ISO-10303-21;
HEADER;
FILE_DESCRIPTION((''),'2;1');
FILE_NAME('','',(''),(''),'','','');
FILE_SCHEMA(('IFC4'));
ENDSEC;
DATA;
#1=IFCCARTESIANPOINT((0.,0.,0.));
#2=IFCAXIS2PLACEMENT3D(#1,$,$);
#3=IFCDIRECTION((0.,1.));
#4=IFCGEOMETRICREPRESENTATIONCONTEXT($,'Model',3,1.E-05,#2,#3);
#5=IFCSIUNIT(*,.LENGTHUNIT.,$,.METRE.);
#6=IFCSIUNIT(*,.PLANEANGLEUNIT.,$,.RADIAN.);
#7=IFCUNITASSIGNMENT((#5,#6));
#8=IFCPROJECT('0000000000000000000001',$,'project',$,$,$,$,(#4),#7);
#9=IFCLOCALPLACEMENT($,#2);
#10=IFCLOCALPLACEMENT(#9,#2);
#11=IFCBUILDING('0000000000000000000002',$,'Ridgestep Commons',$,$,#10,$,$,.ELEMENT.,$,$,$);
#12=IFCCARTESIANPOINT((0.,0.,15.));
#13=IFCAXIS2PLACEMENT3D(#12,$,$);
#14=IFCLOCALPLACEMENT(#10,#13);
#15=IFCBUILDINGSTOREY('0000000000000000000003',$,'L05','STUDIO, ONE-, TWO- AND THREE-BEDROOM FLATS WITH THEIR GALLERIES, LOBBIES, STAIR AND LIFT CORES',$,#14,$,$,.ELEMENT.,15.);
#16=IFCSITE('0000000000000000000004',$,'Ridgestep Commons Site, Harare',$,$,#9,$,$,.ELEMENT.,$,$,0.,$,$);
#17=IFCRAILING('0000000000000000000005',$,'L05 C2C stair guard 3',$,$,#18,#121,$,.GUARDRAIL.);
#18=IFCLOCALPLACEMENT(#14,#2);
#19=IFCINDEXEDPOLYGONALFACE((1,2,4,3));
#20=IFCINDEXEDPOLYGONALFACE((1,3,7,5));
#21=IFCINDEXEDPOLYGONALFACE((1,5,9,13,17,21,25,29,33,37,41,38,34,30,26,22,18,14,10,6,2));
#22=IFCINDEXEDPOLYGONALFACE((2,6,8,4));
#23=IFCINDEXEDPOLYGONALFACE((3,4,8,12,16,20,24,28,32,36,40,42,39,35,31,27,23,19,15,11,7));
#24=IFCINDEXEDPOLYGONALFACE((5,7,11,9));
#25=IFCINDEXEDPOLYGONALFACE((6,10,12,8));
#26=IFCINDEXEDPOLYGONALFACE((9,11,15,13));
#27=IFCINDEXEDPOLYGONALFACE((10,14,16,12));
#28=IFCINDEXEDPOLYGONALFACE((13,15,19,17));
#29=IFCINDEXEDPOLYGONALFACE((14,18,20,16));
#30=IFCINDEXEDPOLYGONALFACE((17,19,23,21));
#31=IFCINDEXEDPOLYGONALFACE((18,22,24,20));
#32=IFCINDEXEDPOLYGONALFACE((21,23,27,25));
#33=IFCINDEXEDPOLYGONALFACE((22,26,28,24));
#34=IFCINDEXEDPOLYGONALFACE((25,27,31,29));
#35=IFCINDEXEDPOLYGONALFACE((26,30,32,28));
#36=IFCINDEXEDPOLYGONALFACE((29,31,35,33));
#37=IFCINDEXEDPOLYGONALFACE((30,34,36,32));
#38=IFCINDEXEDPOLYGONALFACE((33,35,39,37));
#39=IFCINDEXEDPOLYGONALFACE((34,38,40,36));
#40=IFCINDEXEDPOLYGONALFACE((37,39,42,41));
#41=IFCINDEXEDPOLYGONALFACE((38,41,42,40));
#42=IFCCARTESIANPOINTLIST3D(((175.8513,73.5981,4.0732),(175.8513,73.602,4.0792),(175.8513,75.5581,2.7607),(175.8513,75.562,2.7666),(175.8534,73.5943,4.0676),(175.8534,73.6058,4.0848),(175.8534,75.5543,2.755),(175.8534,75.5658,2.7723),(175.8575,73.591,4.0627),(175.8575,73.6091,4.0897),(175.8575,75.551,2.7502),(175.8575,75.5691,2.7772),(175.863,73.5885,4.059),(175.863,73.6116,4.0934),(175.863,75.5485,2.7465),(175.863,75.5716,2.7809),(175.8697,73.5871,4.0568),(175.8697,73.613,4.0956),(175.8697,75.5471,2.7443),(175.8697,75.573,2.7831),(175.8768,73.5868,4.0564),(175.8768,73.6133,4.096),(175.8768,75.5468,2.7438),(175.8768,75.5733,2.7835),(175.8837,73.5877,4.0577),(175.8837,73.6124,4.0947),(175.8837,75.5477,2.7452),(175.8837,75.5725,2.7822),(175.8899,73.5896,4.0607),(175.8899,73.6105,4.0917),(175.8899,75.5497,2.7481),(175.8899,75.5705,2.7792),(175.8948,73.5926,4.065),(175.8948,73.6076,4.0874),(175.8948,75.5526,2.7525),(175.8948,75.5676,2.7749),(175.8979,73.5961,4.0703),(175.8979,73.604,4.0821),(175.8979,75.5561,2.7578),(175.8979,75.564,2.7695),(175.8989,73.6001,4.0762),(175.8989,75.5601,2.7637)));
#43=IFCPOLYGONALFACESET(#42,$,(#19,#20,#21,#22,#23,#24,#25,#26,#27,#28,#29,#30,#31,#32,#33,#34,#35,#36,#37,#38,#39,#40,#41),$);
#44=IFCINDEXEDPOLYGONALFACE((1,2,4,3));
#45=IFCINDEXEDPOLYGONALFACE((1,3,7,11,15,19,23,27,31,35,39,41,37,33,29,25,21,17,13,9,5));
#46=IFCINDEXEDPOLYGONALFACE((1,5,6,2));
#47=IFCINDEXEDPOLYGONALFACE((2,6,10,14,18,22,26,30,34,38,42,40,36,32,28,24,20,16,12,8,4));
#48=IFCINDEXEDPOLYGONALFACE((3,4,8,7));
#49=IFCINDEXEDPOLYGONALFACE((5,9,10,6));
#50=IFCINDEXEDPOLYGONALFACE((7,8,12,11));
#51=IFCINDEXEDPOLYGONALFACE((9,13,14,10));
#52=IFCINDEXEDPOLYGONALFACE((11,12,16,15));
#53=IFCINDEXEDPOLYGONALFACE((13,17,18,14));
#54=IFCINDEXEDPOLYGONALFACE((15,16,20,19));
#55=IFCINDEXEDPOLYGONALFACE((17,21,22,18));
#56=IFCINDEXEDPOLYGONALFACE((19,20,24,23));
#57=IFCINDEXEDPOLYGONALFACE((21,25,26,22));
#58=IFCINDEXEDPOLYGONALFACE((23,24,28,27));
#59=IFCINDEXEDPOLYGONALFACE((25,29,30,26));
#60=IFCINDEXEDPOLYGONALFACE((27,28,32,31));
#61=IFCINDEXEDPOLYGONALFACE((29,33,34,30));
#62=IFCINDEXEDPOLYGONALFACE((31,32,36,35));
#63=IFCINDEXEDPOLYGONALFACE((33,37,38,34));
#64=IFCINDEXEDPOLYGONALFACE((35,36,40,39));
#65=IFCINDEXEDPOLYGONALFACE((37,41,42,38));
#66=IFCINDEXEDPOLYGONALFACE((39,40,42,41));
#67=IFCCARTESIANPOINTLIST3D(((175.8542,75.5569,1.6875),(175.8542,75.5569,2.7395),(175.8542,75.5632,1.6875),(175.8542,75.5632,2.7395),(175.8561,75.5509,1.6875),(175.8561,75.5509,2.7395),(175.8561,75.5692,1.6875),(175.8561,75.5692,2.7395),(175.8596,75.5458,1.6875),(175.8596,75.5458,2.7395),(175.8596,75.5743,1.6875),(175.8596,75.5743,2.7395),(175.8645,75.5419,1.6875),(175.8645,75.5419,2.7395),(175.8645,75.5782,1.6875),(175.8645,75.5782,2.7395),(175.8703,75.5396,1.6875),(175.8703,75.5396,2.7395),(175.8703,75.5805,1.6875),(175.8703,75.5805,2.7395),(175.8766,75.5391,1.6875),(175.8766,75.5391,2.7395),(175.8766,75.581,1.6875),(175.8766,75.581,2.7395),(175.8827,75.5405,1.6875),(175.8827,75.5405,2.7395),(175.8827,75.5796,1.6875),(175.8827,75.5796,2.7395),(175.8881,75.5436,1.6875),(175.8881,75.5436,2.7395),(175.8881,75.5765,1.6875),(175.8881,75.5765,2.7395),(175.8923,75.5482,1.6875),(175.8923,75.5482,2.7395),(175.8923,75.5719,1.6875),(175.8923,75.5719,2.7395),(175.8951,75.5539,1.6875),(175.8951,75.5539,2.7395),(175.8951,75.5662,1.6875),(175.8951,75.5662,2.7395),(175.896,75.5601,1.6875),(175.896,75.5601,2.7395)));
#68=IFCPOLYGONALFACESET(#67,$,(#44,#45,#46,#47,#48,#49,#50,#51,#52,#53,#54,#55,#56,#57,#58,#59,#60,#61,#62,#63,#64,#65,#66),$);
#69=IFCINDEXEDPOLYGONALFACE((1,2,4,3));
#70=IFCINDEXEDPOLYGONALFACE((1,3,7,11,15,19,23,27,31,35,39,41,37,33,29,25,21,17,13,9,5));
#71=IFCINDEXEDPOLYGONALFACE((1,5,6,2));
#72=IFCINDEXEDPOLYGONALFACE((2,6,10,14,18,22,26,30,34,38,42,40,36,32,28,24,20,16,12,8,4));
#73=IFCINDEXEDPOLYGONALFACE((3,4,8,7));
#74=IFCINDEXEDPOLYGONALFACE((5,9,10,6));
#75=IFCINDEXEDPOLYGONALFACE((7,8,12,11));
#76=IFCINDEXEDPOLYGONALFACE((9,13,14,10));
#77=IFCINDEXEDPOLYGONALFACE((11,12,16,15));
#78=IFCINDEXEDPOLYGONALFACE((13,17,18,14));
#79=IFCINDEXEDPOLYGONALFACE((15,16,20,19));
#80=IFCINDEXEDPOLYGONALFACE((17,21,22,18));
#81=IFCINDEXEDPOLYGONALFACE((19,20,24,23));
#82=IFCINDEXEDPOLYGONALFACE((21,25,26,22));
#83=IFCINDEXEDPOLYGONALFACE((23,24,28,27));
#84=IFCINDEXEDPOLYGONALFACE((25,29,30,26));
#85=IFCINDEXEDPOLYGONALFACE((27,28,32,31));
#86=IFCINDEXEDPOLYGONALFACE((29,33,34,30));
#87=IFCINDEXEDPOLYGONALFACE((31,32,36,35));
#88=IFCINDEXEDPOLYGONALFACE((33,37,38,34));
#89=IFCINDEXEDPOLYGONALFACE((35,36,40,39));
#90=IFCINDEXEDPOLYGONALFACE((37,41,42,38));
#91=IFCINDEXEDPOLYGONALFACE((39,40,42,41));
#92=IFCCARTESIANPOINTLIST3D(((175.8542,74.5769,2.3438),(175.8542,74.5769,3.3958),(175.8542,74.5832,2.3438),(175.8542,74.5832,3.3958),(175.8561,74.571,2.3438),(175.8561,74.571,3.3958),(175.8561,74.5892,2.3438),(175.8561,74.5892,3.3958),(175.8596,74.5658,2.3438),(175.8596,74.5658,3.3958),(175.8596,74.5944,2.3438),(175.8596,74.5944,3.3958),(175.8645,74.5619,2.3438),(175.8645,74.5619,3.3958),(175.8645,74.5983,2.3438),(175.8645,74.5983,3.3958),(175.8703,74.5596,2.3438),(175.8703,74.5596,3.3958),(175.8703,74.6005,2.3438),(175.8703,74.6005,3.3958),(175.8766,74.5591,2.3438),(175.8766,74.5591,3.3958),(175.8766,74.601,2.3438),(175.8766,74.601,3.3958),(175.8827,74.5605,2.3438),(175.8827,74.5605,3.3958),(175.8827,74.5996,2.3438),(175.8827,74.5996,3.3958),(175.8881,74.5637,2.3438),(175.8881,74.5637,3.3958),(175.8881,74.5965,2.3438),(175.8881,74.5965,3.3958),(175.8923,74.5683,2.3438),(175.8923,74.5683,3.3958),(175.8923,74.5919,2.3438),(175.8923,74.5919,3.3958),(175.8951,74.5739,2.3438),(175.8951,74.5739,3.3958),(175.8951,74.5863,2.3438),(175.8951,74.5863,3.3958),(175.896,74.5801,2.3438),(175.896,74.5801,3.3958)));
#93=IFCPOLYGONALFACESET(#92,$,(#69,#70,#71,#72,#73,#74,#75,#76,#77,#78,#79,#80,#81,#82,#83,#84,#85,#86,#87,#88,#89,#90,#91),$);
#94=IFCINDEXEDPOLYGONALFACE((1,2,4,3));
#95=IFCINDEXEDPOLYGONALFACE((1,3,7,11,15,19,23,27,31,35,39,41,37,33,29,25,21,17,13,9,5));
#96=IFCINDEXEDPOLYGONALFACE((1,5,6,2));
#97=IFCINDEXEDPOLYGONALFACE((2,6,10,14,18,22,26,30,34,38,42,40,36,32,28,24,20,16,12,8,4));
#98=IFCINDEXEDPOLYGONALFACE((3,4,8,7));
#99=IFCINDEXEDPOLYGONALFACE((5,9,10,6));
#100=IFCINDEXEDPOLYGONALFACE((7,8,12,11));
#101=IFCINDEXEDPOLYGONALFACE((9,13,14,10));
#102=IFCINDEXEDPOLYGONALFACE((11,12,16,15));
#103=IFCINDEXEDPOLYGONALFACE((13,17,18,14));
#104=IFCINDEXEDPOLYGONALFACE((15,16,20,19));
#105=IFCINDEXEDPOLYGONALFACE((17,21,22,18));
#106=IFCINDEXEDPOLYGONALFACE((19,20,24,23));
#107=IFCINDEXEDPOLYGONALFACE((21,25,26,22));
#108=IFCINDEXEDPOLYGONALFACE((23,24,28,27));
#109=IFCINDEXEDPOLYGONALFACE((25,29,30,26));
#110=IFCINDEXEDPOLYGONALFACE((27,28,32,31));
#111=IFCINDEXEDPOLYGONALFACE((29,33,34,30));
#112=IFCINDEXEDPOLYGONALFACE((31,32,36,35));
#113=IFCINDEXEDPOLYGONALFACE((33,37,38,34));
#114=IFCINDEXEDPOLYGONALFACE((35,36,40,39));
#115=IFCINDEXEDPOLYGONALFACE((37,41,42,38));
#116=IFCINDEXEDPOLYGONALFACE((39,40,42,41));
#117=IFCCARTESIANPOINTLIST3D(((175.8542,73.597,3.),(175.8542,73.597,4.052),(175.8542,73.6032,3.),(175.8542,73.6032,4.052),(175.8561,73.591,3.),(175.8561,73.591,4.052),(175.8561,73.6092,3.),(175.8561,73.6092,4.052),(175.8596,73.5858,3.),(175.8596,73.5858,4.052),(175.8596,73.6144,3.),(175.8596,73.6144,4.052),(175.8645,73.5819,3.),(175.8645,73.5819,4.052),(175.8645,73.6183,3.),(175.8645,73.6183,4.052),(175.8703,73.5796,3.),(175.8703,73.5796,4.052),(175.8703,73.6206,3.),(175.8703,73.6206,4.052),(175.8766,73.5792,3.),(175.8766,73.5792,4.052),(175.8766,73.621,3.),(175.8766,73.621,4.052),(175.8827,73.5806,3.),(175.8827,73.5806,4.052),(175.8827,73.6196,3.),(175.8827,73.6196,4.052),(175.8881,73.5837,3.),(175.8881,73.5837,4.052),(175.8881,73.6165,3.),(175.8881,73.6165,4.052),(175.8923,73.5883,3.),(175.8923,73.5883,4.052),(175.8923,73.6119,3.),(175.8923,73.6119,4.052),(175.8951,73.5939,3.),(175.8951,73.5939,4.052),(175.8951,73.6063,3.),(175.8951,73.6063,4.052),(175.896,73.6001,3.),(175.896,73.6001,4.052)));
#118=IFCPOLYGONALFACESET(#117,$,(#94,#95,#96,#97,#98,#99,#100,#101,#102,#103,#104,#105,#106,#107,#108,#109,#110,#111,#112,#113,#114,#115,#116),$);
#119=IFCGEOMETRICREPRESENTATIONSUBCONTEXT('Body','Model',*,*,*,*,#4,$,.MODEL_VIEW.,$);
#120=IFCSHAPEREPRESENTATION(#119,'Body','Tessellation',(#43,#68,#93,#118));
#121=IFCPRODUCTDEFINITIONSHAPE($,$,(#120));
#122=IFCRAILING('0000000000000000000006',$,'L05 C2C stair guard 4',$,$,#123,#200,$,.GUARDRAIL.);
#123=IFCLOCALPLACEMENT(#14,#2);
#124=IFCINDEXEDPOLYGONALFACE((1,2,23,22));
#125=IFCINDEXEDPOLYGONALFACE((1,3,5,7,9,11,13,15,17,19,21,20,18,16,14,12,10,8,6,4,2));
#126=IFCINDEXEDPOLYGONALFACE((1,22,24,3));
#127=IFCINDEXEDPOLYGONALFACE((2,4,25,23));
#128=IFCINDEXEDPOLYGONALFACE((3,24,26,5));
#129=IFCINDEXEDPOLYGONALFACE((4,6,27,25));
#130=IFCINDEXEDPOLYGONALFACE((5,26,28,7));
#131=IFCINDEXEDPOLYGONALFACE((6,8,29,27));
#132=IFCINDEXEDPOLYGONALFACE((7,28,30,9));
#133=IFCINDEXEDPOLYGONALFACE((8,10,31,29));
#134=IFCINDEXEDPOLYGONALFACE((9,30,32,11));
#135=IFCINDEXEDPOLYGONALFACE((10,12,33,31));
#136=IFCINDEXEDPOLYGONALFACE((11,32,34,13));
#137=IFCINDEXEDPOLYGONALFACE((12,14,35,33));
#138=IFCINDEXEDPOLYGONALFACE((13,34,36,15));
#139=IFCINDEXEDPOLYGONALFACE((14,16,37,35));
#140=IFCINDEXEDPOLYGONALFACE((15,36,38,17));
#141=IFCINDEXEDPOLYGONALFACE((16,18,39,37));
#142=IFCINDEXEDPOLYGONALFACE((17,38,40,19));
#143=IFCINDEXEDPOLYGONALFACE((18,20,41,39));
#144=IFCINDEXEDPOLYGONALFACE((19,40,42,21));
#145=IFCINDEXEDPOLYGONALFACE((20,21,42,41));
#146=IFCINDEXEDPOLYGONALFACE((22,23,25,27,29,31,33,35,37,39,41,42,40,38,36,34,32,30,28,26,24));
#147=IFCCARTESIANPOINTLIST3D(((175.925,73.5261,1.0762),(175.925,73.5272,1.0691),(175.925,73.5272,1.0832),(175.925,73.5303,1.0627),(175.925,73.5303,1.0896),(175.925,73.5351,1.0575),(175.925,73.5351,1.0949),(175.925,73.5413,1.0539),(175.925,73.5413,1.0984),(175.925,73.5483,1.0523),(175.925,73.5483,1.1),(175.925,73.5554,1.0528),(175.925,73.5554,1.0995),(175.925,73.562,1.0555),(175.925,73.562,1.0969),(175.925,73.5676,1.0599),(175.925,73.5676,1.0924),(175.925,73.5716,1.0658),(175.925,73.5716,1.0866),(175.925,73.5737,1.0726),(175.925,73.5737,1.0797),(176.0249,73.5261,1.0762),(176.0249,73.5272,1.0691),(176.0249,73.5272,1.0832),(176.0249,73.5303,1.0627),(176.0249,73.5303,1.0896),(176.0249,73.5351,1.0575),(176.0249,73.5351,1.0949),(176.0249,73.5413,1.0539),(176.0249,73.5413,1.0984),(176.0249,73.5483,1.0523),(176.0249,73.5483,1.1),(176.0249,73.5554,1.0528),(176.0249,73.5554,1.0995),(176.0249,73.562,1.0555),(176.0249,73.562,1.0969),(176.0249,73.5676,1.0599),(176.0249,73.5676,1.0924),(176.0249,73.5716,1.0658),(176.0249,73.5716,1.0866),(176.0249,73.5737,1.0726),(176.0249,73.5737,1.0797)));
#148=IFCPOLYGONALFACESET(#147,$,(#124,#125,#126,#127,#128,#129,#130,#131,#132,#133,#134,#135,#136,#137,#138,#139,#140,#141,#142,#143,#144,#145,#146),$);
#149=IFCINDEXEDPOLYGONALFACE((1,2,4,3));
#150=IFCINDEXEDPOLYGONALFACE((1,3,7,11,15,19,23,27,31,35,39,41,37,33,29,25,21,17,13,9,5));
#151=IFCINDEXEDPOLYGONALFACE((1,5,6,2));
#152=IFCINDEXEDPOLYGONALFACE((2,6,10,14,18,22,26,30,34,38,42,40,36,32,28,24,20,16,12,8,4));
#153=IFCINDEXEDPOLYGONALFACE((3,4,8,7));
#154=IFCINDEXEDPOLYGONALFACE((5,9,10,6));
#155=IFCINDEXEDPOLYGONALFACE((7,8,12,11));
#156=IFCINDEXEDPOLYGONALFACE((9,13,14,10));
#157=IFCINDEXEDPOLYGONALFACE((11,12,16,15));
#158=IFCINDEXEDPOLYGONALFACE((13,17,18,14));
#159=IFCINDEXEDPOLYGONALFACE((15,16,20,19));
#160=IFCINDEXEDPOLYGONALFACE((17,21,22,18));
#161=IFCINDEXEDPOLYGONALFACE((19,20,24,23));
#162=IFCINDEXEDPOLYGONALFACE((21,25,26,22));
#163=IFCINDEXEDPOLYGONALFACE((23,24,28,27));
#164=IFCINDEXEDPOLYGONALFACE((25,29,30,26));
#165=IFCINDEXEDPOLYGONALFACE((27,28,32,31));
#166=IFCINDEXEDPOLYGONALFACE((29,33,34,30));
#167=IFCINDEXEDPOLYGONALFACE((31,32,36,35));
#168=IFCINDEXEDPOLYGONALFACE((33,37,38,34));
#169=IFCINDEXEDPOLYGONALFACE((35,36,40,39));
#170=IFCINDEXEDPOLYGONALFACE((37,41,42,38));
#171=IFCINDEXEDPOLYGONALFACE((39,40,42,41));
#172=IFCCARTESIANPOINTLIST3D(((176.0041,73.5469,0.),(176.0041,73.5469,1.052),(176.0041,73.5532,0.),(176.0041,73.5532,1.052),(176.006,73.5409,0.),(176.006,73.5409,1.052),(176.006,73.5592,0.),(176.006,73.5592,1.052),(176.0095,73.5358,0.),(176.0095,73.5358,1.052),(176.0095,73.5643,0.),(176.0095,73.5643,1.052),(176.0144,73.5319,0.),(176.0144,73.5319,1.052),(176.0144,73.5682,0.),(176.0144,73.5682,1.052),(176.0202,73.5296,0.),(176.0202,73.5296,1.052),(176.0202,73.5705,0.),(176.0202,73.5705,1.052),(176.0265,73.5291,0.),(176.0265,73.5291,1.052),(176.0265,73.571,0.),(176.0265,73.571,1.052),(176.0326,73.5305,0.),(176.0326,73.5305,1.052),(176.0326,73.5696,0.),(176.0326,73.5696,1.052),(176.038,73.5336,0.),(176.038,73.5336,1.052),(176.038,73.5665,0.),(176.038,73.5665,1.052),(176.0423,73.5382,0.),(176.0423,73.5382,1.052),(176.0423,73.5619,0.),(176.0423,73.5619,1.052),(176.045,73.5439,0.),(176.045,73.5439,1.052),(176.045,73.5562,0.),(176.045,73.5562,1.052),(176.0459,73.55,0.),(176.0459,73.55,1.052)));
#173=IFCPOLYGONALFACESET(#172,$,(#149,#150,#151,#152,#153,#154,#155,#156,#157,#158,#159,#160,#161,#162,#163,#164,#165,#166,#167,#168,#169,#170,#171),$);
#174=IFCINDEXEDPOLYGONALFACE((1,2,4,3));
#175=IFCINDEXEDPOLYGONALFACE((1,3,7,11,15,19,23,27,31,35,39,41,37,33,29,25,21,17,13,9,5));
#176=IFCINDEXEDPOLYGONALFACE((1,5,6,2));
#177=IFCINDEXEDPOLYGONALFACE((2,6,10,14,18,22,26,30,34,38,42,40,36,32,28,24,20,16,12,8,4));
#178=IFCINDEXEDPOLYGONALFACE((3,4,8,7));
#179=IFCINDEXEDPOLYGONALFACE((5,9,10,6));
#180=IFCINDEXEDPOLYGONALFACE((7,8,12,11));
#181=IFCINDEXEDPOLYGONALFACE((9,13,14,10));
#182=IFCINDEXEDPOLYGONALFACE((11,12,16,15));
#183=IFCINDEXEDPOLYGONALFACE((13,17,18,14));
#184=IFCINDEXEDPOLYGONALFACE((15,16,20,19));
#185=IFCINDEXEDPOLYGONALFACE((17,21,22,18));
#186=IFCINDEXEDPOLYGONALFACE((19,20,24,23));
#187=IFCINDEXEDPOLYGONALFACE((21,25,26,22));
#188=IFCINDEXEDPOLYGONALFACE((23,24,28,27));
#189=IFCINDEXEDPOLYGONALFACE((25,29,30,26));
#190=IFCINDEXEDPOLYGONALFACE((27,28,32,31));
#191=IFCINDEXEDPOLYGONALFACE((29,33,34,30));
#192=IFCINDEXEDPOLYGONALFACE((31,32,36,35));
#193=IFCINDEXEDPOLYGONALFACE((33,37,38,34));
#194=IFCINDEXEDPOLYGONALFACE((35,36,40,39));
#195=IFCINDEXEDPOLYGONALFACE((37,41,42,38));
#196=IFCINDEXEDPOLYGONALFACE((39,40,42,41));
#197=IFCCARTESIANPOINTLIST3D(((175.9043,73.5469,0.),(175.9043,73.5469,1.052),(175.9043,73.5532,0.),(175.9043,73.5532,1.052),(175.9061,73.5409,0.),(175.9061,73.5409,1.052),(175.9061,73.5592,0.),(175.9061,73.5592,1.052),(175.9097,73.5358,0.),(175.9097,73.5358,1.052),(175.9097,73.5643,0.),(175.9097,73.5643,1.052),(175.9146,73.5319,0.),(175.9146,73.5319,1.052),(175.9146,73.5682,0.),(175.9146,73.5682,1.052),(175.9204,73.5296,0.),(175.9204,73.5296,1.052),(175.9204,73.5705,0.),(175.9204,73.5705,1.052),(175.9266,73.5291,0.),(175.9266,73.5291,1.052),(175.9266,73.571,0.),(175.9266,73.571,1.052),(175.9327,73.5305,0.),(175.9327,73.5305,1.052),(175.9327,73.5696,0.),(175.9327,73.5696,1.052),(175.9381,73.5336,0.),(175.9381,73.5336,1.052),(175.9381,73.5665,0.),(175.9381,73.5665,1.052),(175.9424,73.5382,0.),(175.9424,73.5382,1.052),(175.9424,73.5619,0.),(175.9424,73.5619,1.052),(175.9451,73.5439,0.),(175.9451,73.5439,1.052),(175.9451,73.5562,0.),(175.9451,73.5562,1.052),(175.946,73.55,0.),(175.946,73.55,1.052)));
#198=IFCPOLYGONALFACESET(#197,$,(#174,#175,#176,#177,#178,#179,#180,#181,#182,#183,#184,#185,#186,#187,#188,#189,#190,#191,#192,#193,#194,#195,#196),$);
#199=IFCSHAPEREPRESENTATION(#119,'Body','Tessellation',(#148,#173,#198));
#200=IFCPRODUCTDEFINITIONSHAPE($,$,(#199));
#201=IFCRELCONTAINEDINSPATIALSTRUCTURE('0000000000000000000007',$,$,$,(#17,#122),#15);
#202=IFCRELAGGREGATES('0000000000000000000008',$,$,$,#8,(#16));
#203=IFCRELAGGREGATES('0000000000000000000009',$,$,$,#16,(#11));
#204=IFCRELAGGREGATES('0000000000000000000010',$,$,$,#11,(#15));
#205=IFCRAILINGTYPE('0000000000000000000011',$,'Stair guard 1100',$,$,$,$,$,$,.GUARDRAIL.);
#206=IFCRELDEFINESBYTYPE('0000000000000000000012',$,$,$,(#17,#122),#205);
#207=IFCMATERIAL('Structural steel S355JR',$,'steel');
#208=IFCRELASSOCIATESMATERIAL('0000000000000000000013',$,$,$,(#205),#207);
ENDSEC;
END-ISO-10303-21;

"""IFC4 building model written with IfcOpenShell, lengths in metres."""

from ifc_helpers import new_model, si_unit, direction, frame, origin, origin_2d, place, context, subcontext, project, spatial, circle, extrude, material, type_object, element, save


model = new_model("IFC4")

# Units and contexts
model_context = context("Model", 3, precision=1e-05, world=origin(), true_north=direction((0.0, 1.0)))
body_context = subcontext(model_context, "Body", "Model", "MODEL_VIEW")
ifc_project = project(units=[si_unit("LENGTHUNIT", "METRE"), si_unit("PLANEANGLEUNIT", "RADIAN")], contexts=[model_context])

# Site, building, storey
site_placement = place(None, origin())
site = spatial("IfcSite", under=ifc_project, at=site_placement, Name="Ridgestep Commons Site, Harare", CompositionType="ELEMENT", RefElevation=0.0)
building_placement = place(site_placement, origin())
building = spatial("IfcBuilding", under=site, at=building_placement, Name="Ridgestep Commons", CompositionType="ELEMENT")
storey_placement = place(building_placement, frame((0.0, 0.0, 15.0)))
storey = spatial("IfcBuildingStorey", under=building, at=storey_placement, Name="L05", Description="STUDIO, ONE-, TWO- AND THREE-BEDROOM FLATS WITH THEIR GALLERIES, LOBBIES, STAIR AND LIFT CORES", CompositionType="ELEMENT", Elevation=15.0)

# Railings
ifc_material_1 = material(Name="Structural steel S355JR", Category="steel")
railing_type_1 = type_object("IfcRailingType", Name="Stair guard 1100", PredefinedType="GUARDRAIL", material=ifc_material_1)
railing_1_placement = place(storey_placement, frame((175.875, 75.5601, 1.6875)))
element("IfcRailing", 1, at=railing_1_placement, inside=storey, type_object=railing_type_1, Name="L05 C2C stair guard 3", PredefinedType="GUARDRAIL", context=body_context, shape_type="SweptSolid", body=[
    extrude(circle(Radius=0.0239, at=origin_2d()), frame((0.0, 0.0, 1.0762), z_axis=(0.0, -0.830902, 0.556419), x_axis=(1.0, 0.0, 0.0)), (0.0, 0.0, 1.0), 2.3589),
    extrude(circle(Radius=0.021, at=origin_2d()), origin(), (0.0, 0.0, 1.0), 1.052),
    extrude(circle(Radius=0.021, at=origin_2d()), frame((0.0, -0.98, 0.6562)), (0.0, 0.0, 1.0), 1.052),
    extrude(circle(Radius=0.021, at=origin_2d()), frame((0.0, -1.96, 1.3125)), (0.0, 0.0, 1.0), 1.052),
])
railing_2_placement = place(storey_placement, frame((176.0249, 73.55, 0.0)))
element("IfcRailing", 2, at=railing_2_placement, inside=storey, type_object=railing_type_1, Name="L05 C2C stair guard 4", PredefinedType="GUARDRAIL", context=body_context, shape_type="SweptSolid", body=[
    extrude(circle(Radius=0.0239, at=origin_2d()), frame((0.0, 0.0, 1.0762), z_axis=(-1.0, 0.0, 0.0), x_axis=(0.0, -1.0, 0.0)), (0.0, 0.0, 1.0), 0.0999),
    extrude(circle(Radius=0.021, at=origin_2d()), origin(), (0.0, 0.0, 1.0), 1.052),
    extrude(circle(Radius=0.021, at=origin_2d()), frame((-0.0999, 0.0, 0.0)), (0.0, 0.0, 1.0), 1.052),
])

save(model, "model.ifc")
